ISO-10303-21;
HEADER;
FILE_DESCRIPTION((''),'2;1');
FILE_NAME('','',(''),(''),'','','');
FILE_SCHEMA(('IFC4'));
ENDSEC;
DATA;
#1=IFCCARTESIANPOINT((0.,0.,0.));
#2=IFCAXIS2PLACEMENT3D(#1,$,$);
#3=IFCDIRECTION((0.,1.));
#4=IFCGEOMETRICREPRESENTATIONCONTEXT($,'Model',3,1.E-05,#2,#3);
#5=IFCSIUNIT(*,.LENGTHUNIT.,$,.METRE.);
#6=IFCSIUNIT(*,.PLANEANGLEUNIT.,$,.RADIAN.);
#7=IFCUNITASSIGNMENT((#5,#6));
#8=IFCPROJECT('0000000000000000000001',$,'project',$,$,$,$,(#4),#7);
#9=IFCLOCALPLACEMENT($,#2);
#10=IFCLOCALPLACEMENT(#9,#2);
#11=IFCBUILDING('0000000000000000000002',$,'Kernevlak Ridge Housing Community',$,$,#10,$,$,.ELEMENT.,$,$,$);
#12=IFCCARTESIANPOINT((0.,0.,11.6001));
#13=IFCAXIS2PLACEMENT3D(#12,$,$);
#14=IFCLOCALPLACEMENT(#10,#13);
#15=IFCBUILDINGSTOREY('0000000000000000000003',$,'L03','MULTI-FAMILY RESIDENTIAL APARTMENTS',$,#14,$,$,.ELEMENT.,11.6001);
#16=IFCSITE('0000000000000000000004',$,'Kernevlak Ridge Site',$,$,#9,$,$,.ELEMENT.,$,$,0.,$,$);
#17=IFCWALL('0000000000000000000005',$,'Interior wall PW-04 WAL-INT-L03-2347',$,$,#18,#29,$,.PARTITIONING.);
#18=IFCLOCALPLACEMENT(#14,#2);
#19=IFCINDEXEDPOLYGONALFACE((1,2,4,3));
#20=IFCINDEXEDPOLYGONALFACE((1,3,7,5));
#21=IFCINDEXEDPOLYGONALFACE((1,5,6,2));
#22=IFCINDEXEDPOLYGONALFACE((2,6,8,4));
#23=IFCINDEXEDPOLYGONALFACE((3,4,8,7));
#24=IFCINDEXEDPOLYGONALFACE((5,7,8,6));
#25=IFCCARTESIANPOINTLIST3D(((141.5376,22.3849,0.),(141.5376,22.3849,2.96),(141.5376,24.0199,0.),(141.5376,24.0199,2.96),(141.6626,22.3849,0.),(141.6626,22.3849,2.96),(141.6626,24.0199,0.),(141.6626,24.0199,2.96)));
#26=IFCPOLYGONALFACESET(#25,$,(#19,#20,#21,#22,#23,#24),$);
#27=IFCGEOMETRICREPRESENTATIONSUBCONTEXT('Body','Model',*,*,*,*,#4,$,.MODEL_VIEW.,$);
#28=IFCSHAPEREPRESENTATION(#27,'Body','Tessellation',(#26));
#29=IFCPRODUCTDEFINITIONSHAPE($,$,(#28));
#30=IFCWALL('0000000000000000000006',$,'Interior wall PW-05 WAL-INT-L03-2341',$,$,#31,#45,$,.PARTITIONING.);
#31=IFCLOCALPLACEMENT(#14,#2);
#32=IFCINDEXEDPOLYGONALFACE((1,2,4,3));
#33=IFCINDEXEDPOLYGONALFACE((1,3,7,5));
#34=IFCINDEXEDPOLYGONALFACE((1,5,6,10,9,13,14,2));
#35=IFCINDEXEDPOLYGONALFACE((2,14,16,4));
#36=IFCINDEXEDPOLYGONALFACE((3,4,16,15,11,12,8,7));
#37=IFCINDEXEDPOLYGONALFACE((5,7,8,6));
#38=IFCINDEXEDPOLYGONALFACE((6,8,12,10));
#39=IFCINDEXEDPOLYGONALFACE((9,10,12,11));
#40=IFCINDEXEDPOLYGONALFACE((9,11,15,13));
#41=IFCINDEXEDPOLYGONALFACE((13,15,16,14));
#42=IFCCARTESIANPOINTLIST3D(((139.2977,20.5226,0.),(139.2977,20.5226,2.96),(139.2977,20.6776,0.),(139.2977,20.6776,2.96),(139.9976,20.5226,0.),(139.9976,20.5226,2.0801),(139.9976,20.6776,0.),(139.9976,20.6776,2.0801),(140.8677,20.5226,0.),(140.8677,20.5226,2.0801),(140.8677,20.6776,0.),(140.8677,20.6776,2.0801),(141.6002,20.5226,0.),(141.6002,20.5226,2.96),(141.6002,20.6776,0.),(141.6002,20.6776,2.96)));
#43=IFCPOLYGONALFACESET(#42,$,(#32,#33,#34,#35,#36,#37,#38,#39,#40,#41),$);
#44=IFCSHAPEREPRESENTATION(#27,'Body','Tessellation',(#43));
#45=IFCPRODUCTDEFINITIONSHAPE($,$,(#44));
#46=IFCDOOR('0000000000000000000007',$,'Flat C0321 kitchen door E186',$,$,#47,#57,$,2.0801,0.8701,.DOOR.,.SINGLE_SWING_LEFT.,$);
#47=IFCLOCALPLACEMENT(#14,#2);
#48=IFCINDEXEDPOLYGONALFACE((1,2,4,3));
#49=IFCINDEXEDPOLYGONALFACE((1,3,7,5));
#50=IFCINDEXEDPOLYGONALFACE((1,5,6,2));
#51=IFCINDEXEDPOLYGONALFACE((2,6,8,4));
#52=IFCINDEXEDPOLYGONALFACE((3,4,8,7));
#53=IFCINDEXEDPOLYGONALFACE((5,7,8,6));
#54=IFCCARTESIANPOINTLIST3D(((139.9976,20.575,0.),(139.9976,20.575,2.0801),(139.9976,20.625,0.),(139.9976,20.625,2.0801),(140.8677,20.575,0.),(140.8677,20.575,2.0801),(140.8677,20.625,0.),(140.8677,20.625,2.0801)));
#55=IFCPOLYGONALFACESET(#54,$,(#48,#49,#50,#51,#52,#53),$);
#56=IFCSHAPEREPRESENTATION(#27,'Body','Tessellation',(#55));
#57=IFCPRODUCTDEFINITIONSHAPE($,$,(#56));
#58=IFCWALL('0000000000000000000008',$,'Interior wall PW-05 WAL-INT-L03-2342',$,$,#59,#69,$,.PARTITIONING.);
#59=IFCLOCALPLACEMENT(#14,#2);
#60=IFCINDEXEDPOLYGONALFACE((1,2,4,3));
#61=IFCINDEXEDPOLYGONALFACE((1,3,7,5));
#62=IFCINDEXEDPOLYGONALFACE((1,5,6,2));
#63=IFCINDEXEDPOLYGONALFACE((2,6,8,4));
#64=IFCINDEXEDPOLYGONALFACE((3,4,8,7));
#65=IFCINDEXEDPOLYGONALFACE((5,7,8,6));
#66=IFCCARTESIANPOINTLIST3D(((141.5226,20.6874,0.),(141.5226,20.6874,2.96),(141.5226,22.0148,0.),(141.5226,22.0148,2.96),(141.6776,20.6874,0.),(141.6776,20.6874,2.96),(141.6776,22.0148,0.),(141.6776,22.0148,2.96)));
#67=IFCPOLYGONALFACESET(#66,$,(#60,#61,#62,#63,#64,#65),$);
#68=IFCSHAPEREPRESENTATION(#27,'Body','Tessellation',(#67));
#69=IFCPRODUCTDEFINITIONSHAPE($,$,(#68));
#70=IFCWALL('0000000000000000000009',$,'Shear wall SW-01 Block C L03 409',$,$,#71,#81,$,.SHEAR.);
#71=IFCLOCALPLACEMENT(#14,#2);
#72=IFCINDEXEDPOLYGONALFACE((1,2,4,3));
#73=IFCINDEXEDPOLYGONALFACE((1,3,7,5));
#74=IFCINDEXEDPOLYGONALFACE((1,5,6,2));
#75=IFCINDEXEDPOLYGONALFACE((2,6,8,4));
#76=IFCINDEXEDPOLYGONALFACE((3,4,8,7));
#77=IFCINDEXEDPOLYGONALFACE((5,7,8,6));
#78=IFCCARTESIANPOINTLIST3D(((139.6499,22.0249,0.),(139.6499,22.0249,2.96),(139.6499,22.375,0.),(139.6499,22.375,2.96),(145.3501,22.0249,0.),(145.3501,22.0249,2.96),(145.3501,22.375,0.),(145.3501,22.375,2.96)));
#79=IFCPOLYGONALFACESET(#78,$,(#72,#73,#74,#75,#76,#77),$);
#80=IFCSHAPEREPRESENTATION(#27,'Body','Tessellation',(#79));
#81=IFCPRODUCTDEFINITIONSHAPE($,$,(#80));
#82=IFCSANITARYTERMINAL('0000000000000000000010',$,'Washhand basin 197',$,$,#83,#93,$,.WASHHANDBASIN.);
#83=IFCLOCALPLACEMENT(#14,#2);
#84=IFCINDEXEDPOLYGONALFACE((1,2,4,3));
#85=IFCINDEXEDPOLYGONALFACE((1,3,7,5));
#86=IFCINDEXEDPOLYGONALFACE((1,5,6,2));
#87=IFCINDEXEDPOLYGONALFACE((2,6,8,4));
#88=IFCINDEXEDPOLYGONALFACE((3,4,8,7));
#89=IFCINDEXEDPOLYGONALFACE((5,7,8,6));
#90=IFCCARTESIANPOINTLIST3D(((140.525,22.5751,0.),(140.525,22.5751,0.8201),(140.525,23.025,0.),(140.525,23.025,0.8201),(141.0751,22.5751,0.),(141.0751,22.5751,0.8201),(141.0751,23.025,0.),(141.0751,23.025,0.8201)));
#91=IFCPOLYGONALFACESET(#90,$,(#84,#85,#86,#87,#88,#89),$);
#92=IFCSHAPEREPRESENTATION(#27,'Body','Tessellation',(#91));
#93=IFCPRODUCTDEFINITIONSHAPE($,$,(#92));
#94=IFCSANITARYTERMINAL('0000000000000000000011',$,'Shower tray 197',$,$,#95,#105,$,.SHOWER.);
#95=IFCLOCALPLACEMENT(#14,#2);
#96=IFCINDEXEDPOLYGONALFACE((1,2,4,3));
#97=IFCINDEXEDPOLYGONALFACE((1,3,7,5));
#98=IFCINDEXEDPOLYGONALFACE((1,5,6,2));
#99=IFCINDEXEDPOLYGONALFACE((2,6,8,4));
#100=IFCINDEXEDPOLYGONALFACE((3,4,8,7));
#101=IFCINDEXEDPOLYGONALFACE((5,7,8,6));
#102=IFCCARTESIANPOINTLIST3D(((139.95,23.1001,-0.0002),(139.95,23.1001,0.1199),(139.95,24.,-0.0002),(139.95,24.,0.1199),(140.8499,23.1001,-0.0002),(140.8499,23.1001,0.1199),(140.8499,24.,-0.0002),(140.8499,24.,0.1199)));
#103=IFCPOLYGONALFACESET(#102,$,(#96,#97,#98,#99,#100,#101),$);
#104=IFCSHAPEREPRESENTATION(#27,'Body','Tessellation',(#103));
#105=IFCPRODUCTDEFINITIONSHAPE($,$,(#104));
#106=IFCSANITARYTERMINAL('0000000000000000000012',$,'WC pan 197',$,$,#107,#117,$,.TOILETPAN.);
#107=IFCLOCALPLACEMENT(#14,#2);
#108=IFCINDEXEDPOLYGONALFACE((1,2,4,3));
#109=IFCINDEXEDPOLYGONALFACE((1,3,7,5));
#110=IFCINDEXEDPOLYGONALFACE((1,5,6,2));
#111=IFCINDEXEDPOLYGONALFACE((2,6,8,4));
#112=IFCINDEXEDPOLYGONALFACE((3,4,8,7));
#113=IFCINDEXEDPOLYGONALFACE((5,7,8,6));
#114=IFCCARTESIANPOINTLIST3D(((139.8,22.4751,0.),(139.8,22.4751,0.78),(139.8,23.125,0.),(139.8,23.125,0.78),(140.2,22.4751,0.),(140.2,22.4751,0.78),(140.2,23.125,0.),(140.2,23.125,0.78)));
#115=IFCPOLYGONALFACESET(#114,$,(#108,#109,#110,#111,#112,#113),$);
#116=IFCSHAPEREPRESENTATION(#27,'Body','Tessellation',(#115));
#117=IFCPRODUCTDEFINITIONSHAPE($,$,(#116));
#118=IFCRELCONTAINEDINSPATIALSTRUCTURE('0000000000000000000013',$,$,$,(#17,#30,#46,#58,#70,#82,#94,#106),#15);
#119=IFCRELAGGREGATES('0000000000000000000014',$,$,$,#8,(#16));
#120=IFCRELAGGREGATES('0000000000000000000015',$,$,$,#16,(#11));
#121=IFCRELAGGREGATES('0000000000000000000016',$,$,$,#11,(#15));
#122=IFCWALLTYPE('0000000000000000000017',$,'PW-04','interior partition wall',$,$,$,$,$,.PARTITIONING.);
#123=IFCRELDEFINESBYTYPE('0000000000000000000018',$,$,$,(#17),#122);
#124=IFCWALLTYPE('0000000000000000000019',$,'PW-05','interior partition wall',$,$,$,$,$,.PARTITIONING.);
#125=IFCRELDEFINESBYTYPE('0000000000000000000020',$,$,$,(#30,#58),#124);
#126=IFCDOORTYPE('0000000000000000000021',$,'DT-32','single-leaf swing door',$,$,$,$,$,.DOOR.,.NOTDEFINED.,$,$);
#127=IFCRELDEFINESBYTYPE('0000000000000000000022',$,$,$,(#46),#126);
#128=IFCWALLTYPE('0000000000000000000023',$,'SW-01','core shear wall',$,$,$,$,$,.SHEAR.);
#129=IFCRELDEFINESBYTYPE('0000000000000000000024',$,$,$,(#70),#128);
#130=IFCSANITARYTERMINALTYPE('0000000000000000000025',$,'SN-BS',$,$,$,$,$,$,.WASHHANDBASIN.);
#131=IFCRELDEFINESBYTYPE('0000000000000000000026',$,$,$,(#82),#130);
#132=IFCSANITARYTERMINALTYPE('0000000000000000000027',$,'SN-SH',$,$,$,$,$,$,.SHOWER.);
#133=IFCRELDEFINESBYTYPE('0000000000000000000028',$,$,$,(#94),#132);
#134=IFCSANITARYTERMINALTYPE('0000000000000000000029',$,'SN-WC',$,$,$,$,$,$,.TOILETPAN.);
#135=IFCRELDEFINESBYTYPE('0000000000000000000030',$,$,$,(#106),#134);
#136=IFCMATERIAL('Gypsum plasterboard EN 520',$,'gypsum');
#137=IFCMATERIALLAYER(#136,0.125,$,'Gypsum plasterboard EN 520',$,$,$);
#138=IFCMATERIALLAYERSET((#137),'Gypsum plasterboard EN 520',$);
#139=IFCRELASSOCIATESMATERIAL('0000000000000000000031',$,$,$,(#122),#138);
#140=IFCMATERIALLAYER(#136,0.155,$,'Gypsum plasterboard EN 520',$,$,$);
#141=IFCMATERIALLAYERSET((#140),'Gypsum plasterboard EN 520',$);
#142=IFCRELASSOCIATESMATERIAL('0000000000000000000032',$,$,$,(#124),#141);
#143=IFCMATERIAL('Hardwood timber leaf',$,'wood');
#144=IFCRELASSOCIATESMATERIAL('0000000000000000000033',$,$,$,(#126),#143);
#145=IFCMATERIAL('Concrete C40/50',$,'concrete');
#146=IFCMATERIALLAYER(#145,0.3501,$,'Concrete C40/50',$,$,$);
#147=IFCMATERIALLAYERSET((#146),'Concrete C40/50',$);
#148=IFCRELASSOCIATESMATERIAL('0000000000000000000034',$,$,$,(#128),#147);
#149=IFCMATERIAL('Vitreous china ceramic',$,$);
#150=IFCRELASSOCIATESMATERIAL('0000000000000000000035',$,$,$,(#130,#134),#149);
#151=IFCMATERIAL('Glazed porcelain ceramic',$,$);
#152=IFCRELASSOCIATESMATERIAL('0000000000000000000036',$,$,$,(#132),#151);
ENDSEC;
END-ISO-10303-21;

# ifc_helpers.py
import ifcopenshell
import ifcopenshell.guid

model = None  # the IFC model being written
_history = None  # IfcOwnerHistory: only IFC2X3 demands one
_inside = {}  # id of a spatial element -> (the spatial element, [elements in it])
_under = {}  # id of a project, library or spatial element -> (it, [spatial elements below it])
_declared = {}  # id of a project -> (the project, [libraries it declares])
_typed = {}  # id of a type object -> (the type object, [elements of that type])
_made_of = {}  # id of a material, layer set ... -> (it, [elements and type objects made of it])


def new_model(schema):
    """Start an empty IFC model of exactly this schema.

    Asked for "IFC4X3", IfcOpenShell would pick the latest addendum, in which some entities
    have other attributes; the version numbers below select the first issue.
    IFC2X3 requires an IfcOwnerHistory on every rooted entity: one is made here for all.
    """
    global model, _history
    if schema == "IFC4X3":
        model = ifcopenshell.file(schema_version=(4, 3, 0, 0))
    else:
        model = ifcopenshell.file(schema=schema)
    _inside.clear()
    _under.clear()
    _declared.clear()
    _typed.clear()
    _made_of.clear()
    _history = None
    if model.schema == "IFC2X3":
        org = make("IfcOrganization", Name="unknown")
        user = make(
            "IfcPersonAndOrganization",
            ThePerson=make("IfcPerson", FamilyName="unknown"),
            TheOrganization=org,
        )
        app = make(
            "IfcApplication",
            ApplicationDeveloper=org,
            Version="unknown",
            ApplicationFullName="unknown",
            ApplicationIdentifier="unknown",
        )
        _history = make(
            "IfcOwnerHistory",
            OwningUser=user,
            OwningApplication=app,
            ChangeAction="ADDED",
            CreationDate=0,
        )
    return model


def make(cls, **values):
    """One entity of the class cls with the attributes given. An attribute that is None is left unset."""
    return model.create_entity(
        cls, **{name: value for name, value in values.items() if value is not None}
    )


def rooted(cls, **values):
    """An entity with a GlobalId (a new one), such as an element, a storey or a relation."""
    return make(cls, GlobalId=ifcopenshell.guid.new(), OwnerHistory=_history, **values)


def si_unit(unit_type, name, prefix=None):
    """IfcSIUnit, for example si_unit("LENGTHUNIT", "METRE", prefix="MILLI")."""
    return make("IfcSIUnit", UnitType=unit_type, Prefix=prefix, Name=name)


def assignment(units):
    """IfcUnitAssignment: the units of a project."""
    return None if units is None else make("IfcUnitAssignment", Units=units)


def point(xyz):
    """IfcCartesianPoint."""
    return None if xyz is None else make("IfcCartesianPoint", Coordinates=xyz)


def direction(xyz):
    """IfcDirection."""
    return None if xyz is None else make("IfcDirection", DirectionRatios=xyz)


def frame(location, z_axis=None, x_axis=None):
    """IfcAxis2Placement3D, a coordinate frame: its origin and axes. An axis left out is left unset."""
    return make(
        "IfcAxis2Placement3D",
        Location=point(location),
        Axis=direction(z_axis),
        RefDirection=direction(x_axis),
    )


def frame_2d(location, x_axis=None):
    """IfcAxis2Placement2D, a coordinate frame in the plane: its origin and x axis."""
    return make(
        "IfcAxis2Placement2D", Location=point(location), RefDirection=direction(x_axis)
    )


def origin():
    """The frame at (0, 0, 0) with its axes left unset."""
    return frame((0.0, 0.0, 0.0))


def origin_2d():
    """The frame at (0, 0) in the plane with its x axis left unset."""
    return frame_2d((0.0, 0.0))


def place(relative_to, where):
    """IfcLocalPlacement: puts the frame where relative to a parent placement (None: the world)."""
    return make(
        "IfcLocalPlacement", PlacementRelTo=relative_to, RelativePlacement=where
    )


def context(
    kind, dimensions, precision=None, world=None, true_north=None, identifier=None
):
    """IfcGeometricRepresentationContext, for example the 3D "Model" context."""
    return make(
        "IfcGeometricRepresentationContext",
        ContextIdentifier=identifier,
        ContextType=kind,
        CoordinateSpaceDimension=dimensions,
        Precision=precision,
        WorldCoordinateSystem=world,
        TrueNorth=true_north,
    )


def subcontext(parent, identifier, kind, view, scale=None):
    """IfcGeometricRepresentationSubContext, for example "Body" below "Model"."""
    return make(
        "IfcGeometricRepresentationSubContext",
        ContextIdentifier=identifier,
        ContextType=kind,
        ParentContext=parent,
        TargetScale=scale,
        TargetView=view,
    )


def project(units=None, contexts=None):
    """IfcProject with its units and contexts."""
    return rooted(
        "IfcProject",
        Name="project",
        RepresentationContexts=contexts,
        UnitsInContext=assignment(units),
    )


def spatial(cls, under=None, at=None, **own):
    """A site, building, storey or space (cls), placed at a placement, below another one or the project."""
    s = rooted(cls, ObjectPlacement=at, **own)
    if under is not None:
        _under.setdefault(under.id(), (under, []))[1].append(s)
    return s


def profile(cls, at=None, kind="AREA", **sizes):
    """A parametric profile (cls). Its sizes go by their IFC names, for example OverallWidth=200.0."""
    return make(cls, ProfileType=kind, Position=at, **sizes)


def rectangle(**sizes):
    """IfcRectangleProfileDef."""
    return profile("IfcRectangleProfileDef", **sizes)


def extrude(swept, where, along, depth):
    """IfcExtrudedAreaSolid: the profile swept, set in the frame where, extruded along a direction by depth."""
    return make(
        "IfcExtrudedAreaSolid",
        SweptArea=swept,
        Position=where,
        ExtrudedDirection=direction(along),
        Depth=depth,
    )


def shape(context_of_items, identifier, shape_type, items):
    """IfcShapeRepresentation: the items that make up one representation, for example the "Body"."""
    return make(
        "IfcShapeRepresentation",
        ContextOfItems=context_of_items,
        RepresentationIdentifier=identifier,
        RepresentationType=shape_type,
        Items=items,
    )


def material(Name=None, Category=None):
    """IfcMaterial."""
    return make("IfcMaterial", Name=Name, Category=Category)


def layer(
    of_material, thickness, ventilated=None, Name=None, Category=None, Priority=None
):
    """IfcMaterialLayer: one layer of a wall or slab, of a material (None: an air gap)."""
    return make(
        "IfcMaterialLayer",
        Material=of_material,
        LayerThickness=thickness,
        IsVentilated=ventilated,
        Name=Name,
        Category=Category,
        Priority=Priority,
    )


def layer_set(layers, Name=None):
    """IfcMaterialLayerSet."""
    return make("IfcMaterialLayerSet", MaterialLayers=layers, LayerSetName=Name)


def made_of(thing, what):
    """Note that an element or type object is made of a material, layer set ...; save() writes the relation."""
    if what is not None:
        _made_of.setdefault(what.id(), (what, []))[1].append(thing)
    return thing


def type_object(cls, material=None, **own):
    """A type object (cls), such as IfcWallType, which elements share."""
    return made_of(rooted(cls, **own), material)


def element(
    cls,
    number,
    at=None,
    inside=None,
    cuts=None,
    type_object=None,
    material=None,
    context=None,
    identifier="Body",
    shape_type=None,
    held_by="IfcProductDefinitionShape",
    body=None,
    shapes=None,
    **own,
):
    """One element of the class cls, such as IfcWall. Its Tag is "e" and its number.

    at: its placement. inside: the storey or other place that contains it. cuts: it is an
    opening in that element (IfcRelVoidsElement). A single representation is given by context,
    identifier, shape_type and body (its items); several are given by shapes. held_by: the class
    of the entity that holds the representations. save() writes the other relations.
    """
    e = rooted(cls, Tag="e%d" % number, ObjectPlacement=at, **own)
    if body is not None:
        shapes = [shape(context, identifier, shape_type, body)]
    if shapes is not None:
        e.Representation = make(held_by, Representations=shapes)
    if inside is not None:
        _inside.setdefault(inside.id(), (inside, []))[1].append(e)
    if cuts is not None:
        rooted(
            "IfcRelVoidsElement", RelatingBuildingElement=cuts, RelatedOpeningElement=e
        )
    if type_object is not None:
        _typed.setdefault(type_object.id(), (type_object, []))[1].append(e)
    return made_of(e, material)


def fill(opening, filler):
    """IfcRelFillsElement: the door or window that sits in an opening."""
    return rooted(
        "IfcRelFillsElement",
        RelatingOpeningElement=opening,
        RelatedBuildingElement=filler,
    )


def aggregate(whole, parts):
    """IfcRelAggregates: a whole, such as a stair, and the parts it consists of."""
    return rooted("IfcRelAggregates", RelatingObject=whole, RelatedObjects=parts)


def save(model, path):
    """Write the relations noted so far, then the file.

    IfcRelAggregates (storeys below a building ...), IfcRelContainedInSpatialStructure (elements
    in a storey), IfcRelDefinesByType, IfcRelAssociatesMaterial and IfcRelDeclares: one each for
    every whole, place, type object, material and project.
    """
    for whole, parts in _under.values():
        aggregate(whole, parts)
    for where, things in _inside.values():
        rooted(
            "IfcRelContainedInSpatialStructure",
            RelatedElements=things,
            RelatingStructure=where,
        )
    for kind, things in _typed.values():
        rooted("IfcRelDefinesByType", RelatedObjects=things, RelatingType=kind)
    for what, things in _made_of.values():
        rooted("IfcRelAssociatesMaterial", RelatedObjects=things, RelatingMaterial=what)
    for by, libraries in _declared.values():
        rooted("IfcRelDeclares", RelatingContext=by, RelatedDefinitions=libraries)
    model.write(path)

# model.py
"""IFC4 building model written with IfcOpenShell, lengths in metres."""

from ifc_helpers import new_model, si_unit, direction, frame, frame_2d, origin, origin_2d, place, context, subcontext, project, spatial, rectangle, extrude, material, layer, layer_set, type_object, element, fill, save


model = new_model("IFC4")

# Units and contexts
model_context = context("Model", 3, precision=1e-05, world=origin(), true_north=direction((0.0, 1.0)))
body_context = subcontext(model_context, "Body", "Model", "MODEL_VIEW")
ifc_project = project(units=[si_unit("LENGTHUNIT", "METRE"), si_unit("PLANEANGLEUNIT", "RADIAN")], contexts=[model_context])

# Site, building, storey
site_placement = place(None, origin())
site = spatial("IfcSite", under=ifc_project, at=site_placement, Name="Kernevlak Ridge Site", CompositionType="ELEMENT", RefElevation=0.0)
building_placement = place(site_placement, origin())
building = spatial("IfcBuilding", under=site, at=building_placement, Name="Kernevlak Ridge Housing Community", CompositionType="ELEMENT")
storey_placement = place(building_placement, frame((0.0, 0.0, 11.6001)))
storey = spatial("IfcBuildingStorey", under=building, at=storey_placement, Name="L03", Description="MULTI-FAMILY RESIDENTIAL APARTMENTS", CompositionType="ELEMENT", Elevation=11.6001)

# Shared definitions
ifc_material_1 = material(Name="Concrete C40/50", Category="concrete")

# Shared definitions
ifc_material_2 = material(Name="Hardwood timber leaf", Category="wood")
ifc_material_3 = material(Name="Gypsum plasterboard EN 520", Category="gypsum")
ifc_layer_1 = layer(ifc_material_3, 0.125, Name="Gypsum plasterboard EN 520")
ifc_layer_set_1 = layer_set([ifc_layer_1], Name="Gypsum plasterboard EN 520")
wall_type_1 = type_object("IfcWallType", Name="PW-04", Description="interior partition wall", PredefinedType="PARTITIONING", material=ifc_layer_set_1)

# Wall
wall_1_placement = place(storey_placement, frame((141.6001, 22.385, 0.0), z_axis=(0.0, 0.0, 1.0), x_axis=(0.0, 1.0, 0.0)))
element("IfcWall", 1, at=wall_1_placement, inside=storey, type_object=wall_type_1, Name="Interior wall PW-04 WAL-INT-L03-2347", PredefinedType="PARTITIONING", context=body_context, shape_type="SweptSolid", body=[
    extrude(rectangle(XDim=1.635, YDim=0.125, at=frame_2d((0.8174, 0.0))), origin(), (0.0, 0.0, 1.0), 2.96),
])

# Wall, opening, door
ifc_layer_2 = layer(ifc_material_3, 0.155, Name="Gypsum plasterboard EN 520")
ifc_layer_set_2 = layer_set([ifc_layer_2], Name="Gypsum plasterboard EN 520")
wall_type_2 = type_object("IfcWallType", Name="PW-05", Description="interior partition wall", PredefinedType="PARTITIONING", material=ifc_layer_set_2)
wall_2_placement = place(storey_placement, frame((139.2976, 20.6001, 0.0), z_axis=(0.0, 0.0, 1.0), x_axis=(1.0, 0.0, 0.0)))
wall_2 = element("IfcWall", 2, at=wall_2_placement, inside=storey, type_object=wall_type_2, Name="Interior wall PW-05 WAL-INT-L03-2341", PredefinedType="PARTITIONING", context=body_context, shape_type="SweptSolid", body=[
    extrude(rectangle(XDim=2.3025, YDim=0.155, at=frame_2d((1.1514, 0.0))), origin(), (0.0, 0.0, 1.0), 2.96),
])
opening_1_placement = place(wall_2_placement, frame((0.7, 0.0, 0.0)))
opening_1 = element("IfcOpeningElement", 3, at=opening_1_placement, cuts=wall_2, PredefinedType="OPENING", context=body_context, shape_type="SweptSolid", body=[
    extrude(rectangle(XDim=0.8701, YDim=2.0801, at=frame_2d((0.4351, 1.04))), frame((0.0, 0.0874, 0.0), z_axis=(0.0, -1.0, 0.0), x_axis=(1.0, 0.0, 0.0)), (0.0, 0.0, 1.0), 0.175),
])
door_type_1 = type_object("IfcDoorType", Name="DT-32", Description="single-leaf swing door", OperationType="NOTDEFINED", PredefinedType="DOOR", material=ifc_material_2)
door_1_placement = place(opening_1_placement, origin())
door_1 = element("IfcDoor", 4, at=door_1_placement, inside=storey, type_object=door_type_1, Name="Flat C0321 kitchen door E186", OperationType="SINGLE_SWING_LEFT", OverallHeight=2.0801, OverallWidth=0.8701, PredefinedType="DOOR", context=body_context, shape_type="SweptSolid", body=[
    extrude(rectangle(XDim=0.8701, YDim=2.0801, at=frame_2d((0.4351, 1.04))), frame((0.0, 0.0249, 0.0), z_axis=(0.0, -1.0, 0.0), x_axis=(1.0, 0.0, 0.0)), (0.0, 0.0, 1.0), 0.05),
])
fill(opening_1, door_1)

# Walls
wall_3_placement = place(storey_placement, frame((141.6001, 20.6875, 0.0), z_axis=(0.0, 0.0, 1.0), x_axis=(0.0, 1.0, 0.0)))
element("IfcWall", 5, at=wall_3_placement, inside=storey, type_object=wall_type_2, Name="Interior wall PW-05 WAL-INT-L03-2342", PredefinedType="PARTITIONING", context=body_context, shape_type="SweptSolid", body=[
    extrude(rectangle(XDim=1.3274, YDim=0.155, at=frame_2d((0.6636, 0.0))), origin(), (0.0, 0.0, 1.0), 2.96),
])
ifc_layer_3 = layer(ifc_material_1, 0.3501, Name="Concrete C40/50")
ifc_layer_set_3 = layer_set([ifc_layer_3], Name="Concrete C40/50")
wall_type_3 = type_object("IfcWallType", Name="SW-01", Description="core shear wall", PredefinedType="SHEAR", material=ifc_layer_set_3)
wall_4_placement = place(storey_placement, frame((139.6499, 22.2, 0.0), z_axis=(0.0, 0.0, 1.0), x_axis=(1.0, 0.0, 0.0)))
element("IfcWall", 6, at=wall_4_placement, inside=storey, type_object=wall_type_3, Name="Shear wall SW-01 Block C L03 409", PredefinedType="SHEAR", context=body_context, shape_type="SweptSolid", body=[
    extrude(rectangle(XDim=5.7002, YDim=0.3501, at=frame_2d((2.8501, 0.0))), origin(), (0.0, 0.0, 1.0), 2.96),
])

# Sanitary terminals
ifc_material_4 = material(Name="Vitreous china ceramic")
sanitary_terminal_type_1 = type_object("IfcSanitaryTerminalType", Name="SN-BS", PredefinedType="WASHHANDBASIN", material=ifc_material_4)
sanitary_terminal_1_placement = place(storey_placement, frame((140.8, 22.8, 0.0), z_axis=(0.0, 0.0, 1.0), x_axis=(1.0, 0.0, 0.0)))
element("IfcSanitaryTerminal", 7, at=sanitary_terminal_1_placement, inside=storey, type_object=sanitary_terminal_type_1, Name="Washhand basin 197", PredefinedType="WASHHANDBASIN", context=body_context, shape_type="SweptSolid", body=[
    extrude(rectangle(XDim=0.55, YDim=0.45, at=origin_2d()), origin(), (0.0, 0.0, 1.0), 0.8201),
])
ifc_material_5 = material(Name="Glazed porcelain ceramic")
sanitary_terminal_type_2 = type_object("IfcSanitaryTerminalType", Name="SN-SH", PredefinedType="SHOWER", material=ifc_material_5)
sanitary_terminal_2_placement = place(storey_placement, frame((140.3999, 23.55, -0.0002), z_axis=(0.0, 0.0, 1.0), x_axis=(1.0, 0.0, 0.0)))
element("IfcSanitaryTerminal", 8, at=sanitary_terminal_2_placement, inside=storey, type_object=sanitary_terminal_type_2, Name="Shower tray 197", PredefinedType="SHOWER", context=body_context, shape_type="SweptSolid", body=[
    extrude(rectangle(XDim=0.8999, YDim=0.8999, at=origin_2d()), origin(), (0.0, 0.0, 1.0), 0.1201),
])
sanitary_terminal_type_3 = type_object("IfcSanitaryTerminalType", Name="SN-WC", PredefinedType="TOILETPAN", material=ifc_material_4)
sanitary_terminal_3_placement = place(storey_placement, frame((140.0, 22.8, 0.0), z_axis=(0.0, 0.0, 1.0), x_axis=(1.0, 0.0, 0.0)))
element("IfcSanitaryTerminal", 9, at=sanitary_terminal_3_placement, inside=storey, type_object=sanitary_terminal_type_3, Name="WC pan 197", PredefinedType="TOILETPAN", context=body_context, shape_type="SweptSolid", body=[
    extrude(rectangle(XDim=0.3999, YDim=0.6499, at=origin_2d()), origin(), (0.0, 0.0, 1.0), 0.78),
])

save(model, "model.ifc")
